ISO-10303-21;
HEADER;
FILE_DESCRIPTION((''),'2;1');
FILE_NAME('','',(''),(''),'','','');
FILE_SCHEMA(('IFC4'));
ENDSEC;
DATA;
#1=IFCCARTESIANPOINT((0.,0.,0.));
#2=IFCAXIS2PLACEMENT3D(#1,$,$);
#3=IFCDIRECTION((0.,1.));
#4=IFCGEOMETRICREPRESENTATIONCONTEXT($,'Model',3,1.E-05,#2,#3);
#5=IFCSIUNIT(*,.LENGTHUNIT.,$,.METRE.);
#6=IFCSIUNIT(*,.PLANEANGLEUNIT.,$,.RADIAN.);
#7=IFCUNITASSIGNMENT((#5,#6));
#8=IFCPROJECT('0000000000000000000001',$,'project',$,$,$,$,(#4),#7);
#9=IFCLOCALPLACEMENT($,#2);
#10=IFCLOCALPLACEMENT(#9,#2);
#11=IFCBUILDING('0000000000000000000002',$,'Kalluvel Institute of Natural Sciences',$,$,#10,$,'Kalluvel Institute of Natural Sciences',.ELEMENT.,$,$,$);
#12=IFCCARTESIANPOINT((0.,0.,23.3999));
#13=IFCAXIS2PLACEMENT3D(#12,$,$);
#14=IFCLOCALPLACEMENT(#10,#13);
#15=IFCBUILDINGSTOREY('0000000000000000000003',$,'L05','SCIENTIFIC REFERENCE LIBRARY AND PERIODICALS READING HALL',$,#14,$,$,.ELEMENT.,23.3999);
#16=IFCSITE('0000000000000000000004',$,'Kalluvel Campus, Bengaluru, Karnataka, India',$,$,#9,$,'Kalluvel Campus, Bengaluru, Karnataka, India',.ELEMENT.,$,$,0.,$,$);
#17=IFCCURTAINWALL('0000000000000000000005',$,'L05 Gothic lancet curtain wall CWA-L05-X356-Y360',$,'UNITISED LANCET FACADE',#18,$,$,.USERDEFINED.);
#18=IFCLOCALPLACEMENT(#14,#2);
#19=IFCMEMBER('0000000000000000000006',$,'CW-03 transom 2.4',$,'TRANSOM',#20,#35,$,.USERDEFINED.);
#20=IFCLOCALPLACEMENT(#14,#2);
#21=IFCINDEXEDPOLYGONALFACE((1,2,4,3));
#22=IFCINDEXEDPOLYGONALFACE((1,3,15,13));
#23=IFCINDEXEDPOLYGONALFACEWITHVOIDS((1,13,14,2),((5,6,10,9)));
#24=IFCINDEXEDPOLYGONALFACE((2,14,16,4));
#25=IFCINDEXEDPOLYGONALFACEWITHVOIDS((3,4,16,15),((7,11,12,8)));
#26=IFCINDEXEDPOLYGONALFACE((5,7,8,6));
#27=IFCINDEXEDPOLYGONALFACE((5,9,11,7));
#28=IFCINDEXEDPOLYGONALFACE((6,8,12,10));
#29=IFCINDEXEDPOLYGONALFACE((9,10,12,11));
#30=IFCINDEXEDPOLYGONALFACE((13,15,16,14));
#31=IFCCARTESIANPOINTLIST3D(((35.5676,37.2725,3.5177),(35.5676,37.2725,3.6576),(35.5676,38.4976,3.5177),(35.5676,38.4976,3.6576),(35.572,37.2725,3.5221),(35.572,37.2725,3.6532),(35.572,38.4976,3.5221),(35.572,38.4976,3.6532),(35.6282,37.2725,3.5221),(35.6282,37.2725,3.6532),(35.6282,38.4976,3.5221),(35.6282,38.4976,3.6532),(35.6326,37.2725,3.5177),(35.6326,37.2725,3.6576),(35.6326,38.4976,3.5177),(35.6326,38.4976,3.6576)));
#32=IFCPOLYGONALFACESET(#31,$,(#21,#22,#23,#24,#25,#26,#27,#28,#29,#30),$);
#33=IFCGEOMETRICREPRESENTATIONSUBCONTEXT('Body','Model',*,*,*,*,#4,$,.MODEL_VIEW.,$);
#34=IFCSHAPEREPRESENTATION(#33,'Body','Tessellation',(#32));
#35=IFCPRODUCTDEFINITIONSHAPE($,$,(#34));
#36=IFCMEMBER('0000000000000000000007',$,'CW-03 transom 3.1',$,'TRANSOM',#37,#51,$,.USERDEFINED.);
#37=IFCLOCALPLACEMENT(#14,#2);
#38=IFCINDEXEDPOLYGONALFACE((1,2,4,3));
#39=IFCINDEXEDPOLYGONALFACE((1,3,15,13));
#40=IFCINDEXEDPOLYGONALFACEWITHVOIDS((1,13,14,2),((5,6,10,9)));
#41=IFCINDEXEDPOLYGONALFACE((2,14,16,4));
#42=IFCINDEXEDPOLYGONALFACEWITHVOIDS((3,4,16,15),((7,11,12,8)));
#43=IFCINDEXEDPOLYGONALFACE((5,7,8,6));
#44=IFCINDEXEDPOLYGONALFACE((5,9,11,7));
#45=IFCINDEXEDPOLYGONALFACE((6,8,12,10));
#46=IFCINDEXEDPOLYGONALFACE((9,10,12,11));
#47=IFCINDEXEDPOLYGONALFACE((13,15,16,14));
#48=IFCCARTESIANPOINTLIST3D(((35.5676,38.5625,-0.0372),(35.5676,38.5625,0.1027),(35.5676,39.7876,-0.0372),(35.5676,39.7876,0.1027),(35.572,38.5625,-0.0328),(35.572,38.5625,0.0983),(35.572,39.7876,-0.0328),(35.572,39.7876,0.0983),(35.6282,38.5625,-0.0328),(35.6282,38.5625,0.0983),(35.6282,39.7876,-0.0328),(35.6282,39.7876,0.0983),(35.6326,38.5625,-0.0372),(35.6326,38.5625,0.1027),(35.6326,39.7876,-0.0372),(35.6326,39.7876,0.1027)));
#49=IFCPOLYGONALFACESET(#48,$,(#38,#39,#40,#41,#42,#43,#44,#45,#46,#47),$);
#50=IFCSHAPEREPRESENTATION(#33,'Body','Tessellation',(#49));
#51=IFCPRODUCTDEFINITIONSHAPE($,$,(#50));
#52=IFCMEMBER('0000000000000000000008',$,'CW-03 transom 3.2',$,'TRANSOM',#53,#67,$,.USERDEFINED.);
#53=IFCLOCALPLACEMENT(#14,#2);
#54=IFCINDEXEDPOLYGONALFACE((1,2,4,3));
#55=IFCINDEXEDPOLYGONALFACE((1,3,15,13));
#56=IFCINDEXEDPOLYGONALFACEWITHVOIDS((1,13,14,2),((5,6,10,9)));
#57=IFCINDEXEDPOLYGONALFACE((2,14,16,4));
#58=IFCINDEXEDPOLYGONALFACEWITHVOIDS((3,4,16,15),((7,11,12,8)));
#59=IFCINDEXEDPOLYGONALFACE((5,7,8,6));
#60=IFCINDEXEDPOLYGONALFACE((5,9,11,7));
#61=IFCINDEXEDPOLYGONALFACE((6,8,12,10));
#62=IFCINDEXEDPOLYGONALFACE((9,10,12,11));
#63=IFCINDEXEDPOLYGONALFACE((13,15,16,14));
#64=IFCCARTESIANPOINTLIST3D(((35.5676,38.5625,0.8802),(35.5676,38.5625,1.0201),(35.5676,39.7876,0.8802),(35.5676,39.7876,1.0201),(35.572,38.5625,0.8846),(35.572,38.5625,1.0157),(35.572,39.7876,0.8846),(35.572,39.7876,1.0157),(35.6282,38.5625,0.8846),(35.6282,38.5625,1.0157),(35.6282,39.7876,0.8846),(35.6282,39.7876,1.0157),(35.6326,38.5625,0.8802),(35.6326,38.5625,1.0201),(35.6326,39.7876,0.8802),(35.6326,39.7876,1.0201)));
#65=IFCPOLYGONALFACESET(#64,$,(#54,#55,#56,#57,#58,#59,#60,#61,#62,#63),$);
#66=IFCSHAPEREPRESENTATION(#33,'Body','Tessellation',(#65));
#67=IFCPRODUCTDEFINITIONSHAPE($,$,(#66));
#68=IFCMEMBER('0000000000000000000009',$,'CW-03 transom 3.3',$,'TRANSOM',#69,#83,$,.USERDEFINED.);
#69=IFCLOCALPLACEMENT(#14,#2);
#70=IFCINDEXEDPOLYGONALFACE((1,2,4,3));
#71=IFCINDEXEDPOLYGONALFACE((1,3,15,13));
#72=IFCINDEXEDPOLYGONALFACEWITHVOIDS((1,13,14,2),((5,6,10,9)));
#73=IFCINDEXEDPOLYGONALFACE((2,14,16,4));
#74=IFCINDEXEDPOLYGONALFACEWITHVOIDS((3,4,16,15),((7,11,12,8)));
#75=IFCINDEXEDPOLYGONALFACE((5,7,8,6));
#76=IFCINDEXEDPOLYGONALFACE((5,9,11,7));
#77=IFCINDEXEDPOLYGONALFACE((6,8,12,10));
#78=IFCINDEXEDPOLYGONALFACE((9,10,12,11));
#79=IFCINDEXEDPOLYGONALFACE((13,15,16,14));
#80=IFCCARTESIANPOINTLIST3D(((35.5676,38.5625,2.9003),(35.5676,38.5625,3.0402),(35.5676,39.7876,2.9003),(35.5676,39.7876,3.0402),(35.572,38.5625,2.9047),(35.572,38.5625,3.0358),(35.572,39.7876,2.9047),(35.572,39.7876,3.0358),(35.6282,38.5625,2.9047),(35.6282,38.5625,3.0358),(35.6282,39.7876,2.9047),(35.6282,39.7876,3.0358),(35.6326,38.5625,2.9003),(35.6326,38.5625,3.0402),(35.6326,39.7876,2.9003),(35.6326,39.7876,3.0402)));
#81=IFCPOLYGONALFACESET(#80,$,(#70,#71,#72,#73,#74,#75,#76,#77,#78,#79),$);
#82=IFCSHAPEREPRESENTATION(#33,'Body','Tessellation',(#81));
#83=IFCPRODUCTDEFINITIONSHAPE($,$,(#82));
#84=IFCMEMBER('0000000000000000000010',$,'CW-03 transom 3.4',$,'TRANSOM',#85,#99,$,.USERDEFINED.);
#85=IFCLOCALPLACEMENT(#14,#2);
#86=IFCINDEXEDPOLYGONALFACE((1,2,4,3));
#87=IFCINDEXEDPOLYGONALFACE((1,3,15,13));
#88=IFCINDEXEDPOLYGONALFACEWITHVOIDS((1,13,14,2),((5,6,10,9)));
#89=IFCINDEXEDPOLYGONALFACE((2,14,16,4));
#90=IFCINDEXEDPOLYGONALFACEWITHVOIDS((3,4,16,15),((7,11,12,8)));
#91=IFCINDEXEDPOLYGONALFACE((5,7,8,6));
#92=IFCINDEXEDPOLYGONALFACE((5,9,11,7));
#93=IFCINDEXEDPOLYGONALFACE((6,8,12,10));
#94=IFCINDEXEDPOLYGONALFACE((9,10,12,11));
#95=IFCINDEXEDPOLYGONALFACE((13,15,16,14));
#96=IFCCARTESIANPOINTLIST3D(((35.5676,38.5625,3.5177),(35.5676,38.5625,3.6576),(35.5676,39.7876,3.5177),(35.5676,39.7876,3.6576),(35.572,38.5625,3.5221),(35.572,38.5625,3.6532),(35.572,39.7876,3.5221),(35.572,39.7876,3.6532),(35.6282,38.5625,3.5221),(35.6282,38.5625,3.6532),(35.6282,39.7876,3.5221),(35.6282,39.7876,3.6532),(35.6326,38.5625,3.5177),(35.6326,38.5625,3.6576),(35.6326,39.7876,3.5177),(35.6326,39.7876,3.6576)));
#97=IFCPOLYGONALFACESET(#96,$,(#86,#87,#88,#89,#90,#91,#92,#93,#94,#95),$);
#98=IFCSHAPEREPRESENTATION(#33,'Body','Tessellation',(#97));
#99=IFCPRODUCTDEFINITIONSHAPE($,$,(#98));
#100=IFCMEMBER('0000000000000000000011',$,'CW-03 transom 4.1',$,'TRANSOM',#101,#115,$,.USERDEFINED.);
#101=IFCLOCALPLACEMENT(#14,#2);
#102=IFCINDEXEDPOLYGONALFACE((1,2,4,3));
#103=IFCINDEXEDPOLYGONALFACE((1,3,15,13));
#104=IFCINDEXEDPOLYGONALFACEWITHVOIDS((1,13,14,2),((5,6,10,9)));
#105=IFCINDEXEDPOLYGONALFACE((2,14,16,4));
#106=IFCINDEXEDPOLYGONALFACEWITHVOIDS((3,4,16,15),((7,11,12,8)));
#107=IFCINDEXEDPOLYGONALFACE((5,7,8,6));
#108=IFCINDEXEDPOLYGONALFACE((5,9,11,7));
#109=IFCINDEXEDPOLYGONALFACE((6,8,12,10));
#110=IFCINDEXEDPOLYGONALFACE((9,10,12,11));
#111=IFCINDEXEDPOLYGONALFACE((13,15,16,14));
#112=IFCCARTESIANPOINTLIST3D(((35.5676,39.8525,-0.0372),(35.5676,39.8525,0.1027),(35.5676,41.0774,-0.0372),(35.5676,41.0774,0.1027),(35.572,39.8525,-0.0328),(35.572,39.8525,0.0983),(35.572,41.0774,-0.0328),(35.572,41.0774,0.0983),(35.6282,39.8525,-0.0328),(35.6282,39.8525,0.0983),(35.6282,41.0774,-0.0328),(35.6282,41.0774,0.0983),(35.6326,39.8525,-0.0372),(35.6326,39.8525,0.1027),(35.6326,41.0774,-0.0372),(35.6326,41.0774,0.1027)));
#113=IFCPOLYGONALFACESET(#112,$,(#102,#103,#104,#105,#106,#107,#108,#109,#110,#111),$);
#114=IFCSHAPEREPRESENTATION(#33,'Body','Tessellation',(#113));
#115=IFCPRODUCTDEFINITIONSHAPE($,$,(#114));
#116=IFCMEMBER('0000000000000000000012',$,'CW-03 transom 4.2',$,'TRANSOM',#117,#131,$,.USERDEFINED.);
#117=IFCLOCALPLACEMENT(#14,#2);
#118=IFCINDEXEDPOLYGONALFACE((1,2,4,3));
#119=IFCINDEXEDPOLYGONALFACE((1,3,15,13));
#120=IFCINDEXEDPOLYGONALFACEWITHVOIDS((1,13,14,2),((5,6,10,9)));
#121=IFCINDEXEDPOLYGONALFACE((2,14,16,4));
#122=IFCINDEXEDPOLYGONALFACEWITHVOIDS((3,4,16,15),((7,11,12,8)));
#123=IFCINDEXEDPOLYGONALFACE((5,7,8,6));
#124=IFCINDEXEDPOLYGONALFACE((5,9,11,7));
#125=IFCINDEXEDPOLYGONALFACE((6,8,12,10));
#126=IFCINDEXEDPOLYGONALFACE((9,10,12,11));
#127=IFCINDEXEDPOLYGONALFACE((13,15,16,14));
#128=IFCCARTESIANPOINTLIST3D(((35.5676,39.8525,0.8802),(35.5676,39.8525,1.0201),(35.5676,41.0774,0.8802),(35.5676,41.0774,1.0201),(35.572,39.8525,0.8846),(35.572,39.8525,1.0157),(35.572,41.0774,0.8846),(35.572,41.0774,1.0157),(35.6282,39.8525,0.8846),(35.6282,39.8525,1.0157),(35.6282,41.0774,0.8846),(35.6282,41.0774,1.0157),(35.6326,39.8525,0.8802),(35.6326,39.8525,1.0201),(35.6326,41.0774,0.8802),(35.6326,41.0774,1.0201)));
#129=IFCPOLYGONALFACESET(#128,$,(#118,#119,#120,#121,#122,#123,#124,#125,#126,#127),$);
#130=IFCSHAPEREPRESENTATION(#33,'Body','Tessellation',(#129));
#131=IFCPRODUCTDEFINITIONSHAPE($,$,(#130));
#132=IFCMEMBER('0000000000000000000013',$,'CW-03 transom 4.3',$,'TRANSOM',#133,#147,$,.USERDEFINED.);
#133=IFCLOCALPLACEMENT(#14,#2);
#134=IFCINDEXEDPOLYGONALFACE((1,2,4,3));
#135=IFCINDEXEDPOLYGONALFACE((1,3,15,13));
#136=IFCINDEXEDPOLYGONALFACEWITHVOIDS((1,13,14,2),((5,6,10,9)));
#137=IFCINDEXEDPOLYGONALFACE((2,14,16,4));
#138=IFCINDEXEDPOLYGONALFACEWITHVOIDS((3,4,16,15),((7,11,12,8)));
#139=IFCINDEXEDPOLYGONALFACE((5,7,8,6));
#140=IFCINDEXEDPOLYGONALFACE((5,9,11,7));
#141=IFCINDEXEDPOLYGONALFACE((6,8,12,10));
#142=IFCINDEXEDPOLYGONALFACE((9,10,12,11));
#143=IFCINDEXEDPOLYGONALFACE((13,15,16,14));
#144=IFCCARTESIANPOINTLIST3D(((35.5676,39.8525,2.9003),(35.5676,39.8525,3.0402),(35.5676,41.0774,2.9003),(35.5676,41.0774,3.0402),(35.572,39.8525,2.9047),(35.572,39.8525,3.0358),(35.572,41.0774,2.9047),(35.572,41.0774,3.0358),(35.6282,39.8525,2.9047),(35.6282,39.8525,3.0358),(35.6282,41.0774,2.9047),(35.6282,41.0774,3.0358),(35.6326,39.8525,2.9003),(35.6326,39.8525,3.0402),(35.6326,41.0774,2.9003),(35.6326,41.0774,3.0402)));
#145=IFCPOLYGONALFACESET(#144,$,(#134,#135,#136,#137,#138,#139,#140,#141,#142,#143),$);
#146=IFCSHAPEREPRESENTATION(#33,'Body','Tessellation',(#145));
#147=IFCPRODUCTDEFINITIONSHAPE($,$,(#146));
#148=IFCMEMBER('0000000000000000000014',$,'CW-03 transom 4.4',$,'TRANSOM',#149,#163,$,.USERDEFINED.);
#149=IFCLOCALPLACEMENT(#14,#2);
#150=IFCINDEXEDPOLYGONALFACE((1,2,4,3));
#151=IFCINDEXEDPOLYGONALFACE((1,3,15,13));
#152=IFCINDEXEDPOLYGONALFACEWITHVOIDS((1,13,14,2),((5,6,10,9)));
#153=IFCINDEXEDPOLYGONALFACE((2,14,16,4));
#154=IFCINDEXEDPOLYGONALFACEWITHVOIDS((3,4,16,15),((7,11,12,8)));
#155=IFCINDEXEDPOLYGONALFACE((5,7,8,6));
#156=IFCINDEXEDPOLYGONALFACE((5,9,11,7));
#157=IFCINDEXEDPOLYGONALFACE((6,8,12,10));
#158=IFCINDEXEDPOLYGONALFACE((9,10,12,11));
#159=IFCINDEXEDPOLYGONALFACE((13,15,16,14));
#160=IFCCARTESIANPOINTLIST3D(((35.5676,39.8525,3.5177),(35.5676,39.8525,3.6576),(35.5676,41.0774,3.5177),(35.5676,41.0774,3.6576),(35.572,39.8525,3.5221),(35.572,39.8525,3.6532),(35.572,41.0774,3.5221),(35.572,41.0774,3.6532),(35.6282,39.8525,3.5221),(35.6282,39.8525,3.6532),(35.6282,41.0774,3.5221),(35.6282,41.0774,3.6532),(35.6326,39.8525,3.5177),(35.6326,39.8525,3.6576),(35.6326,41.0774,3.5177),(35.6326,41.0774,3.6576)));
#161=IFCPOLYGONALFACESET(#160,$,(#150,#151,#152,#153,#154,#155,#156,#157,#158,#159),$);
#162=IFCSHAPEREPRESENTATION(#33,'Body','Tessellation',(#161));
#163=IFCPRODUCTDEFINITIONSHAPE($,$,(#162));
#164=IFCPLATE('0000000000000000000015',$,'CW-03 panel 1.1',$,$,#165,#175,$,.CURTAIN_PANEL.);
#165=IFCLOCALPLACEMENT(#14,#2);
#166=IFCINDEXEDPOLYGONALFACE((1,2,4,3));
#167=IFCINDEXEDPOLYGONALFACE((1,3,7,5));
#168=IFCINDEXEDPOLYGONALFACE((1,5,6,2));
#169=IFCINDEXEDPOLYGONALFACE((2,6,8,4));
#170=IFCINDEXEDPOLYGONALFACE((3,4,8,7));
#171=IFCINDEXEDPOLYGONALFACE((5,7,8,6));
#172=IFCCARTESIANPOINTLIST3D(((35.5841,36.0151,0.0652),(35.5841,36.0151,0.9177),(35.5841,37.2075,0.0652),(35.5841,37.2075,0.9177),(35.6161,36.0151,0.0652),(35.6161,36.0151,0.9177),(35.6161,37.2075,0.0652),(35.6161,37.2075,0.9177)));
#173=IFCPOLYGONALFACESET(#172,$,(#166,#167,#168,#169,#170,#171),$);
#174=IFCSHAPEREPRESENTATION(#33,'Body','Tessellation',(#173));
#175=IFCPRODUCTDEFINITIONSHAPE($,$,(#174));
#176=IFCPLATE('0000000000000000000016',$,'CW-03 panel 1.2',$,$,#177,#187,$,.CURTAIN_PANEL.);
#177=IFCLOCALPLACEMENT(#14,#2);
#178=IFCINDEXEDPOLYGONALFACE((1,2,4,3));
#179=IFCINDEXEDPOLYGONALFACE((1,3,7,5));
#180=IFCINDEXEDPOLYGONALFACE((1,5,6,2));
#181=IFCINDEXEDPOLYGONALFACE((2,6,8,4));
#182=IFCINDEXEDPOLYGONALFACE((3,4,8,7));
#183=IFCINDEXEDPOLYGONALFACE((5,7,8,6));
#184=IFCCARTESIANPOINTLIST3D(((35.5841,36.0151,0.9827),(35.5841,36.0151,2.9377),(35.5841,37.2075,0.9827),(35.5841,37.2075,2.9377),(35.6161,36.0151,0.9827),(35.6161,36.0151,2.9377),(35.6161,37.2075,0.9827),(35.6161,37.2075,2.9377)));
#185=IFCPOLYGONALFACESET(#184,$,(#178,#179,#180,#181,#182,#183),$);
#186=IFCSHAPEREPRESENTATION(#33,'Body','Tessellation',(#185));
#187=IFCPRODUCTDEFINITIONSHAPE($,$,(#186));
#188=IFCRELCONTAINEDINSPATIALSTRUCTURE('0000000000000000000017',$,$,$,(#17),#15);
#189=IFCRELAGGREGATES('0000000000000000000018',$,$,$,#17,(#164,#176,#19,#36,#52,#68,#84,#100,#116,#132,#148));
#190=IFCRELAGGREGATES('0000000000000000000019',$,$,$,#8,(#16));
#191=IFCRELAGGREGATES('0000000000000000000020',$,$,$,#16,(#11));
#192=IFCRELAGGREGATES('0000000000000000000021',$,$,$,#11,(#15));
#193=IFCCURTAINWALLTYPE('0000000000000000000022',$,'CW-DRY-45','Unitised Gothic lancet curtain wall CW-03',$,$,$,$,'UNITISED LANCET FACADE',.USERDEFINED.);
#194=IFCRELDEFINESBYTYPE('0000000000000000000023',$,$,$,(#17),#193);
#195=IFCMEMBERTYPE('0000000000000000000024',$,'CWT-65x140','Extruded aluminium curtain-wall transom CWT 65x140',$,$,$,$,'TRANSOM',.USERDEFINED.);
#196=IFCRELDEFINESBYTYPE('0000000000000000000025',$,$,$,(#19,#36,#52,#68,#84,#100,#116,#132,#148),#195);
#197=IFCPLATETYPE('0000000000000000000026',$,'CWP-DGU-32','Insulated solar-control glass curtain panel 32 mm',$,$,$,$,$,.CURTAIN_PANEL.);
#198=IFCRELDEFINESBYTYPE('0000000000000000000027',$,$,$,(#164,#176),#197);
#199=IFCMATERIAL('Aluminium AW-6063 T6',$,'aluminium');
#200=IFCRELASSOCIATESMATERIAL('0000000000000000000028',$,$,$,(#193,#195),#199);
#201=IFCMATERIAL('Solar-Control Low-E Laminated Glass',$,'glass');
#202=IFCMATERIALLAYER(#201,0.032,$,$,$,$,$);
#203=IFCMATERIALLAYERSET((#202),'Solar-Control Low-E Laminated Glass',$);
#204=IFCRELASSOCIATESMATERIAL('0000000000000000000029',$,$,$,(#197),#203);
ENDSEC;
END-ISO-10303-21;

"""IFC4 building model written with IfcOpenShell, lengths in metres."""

from ifc_helpers import new_model, si_unit, direction, frame, origin, origin_2d, place, context, subcontext, project, spatial, rectangle, hollow_rectangle, extrude, material, layer, layer_set, material_profile, profile_set, type_object, element, aggregate, save


model = new_model("IFC4")

# Units and contexts
model_context = context("Model", 3, precision=1e-05, world=origin(), true_north=direction((0.0, 1.0)))
body_context = subcontext(model_context, "Body", "Model", "MODEL_VIEW")
ifc_project = project(units=[si_unit("LENGTHUNIT", "METRE"), si_unit("PLANEANGLEUNIT", "RADIAN")], contexts=[model_context])

# Site, building, storey
site_placement = place(None, origin())
site = spatial("IfcSite", under=ifc_project, at=site_placement, Name="Kalluvel Campus, Bengaluru, Karnataka, India", LongName="Kalluvel Campus, Bengaluru, Karnataka, India", CompositionType="ELEMENT", RefElevation=0.0)
building_placement = place(site_placement, origin())
building = spatial("IfcBuilding", under=site, at=building_placement, Name="Kalluvel Institute of Natural Sciences", LongName="Kalluvel Institute of Natural Sciences", CompositionType="ELEMENT")
storey_placement = place(building_placement, frame((0.0, 0.0, 23.3999)))
storey = spatial("IfcBuildingStorey", under=building, at=storey_placement, Name="L05", Description="SCIENTIFIC REFERENCE LIBRARY AND PERIODICALS READING HALL", CompositionType="ELEMENT", Elevation=23.3999)

# Curtain wall, members, plates
ifc_material_1 = material(Name="Aluminium AW-6063 T6", Category="aluminium")
curtain_wall_type = type_object("IfcCurtainWallType", Name="CW-DRY-45", Description="Unitised Gothic lancet curtain wall CW-03", ElementType="UNITISED LANCET FACADE", PredefinedType="USERDEFINED", material=ifc_material_1)
curtain_wall_placement = place(storey_placement, origin())
curtain_wall = element("IfcCurtainWall", 1, at=curtain_wall_placement, inside=storey, type_object=curtain_wall_type, Name="L05 Gothic lancet curtain wall CWA-L05-X356-Y360", ObjectType="UNITISED LANCET FACADE", PredefinedType="USERDEFINED")
ifc_material_profile_1 = material_profile(ifc_material_1, hollow_rectangle(XDim=0.0649, YDim=0.1399, WallThickness=0.0044, at=origin_2d()), Name="CWT 65x140")
ifc_profile_set_1 = profile_set([ifc_material_profile_1], Name="Aluminium AW-6063 T6")
member_type_1 = type_object("IfcMemberType", Name="CWT-65x140", Description="Extruded aluminium curtain-wall transom CWT 65x140", ElementType="TRANSOM", PredefinedType="USERDEFINED", material=ifc_profile_set_1)
member_1_placement = place(storey_placement, frame((35.6001, 37.2725, 3.5876), z_axis=(0.0, 1.0, 0.0), x_axis=(-1.0, 0.0, 0.0)))
member_1 = element("IfcMember", 2, at=member_1_placement, type_object=member_type_1, Name="CW-03 transom 2.4", ObjectType="TRANSOM", PredefinedType="USERDEFINED", context=body_context, shape_type="SweptSolid", body=[
    extrude(hollow_rectangle(XDim=0.0649, YDim=0.1399, WallThickness=0.0044, at=origin_2d()), origin(), (0.0, 0.0, 1.0), 1.2251),
])
member_2_placement = place(storey_placement, frame((35.6001, 38.5625, 0.0327), z_axis=(0.0, 1.0, 0.0), x_axis=(-1.0, 0.0, 0.0)))
member_2 = element("IfcMember", 3, at=member_2_placement, type_object=member_type_1, Name="CW-03 transom 3.1", ObjectType="TRANSOM", PredefinedType="USERDEFINED", context=body_context, shape_type="SweptSolid", body=[
    extrude(hollow_rectangle(XDim=0.0649, YDim=0.1399, WallThickness=0.0044, at=origin_2d()), origin(), (0.0, 0.0, 1.0), 1.2251),
])
member_3_placement = place(storey_placement, frame((35.6001, 38.5625, 0.9502), z_axis=(0.0, 1.0, 0.0), x_axis=(-1.0, 0.0, 0.0)))
member_3 = element("IfcMember", 4, at=member_3_placement, type_object=member_type_1, Name="CW-03 transom 3.2", ObjectType="TRANSOM", PredefinedType="USERDEFINED", context=body_context, shape_type="SweptSolid", body=[
    extrude(hollow_rectangle(XDim=0.0649, YDim=0.1399, WallThickness=0.0044, at=origin_2d()), origin(), (0.0, 0.0, 1.0), 1.2251),
])
member_4_placement = place(storey_placement, frame((35.6001, 38.5625, 2.9702), z_axis=(0.0, 1.0, 0.0), x_axis=(-1.0, 0.0, 0.0)))
member_4 = element("IfcMember", 5, at=member_4_placement, type_object=member_type_1, Name="CW-03 transom 3.3", ObjectType="TRANSOM", PredefinedType="USERDEFINED", context=body_context, shape_type="SweptSolid", body=[
    extrude(hollow_rectangle(XDim=0.0649, YDim=0.1399, WallThickness=0.0044, at=origin_2d()), origin(), (0.0, 0.0, 1.0), 1.2251),
])
member_5_placement = place(storey_placement, frame((35.6001, 38.5625, 3.5876), z_axis=(0.0, 1.0, 0.0), x_axis=(-1.0, 0.0, 0.0)))
member_5 = element("IfcMember", 6, at=member_5_placement, type_object=member_type_1, Name="CW-03 transom 3.4", ObjectType="TRANSOM", PredefinedType="USERDEFINED", context=body_context, shape_type="SweptSolid", body=[
    extrude(hollow_rectangle(XDim=0.0649, YDim=0.1399, WallThickness=0.0044, at=origin_2d()), origin(), (0.0, 0.0, 1.0), 1.2251),
])
member_6_placement = place(storey_placement, frame((35.6001, 39.8525, 0.0327), z_axis=(0.0, 1.0, 0.0), x_axis=(-1.0, 0.0, 0.0)))
member_6 = element("IfcMember", 7, at=member_6_placement, type_object=member_type_1, Name="CW-03 transom 4.1", ObjectType="TRANSOM", PredefinedType="USERDEFINED", context=body_context, shape_type="SweptSolid", body=[
    extrude(hollow_rectangle(XDim=0.0649, YDim=0.1399, WallThickness=0.0044, at=origin_2d()), origin(), (0.0, 0.0, 1.0), 1.2249),
])
member_7_placement = place(storey_placement, frame((35.6001, 39.8525, 0.9502), z_axis=(0.0, 1.0, 0.0), x_axis=(-1.0, 0.0, 0.0)))
member_7 = element("IfcMember", 8, at=member_7_placement, type_object=member_type_1, Name="CW-03 transom 4.2", ObjectType="TRANSOM", PredefinedType="USERDEFINED", context=body_context, shape_type="SweptSolid", body=[
    extrude(hollow_rectangle(XDim=0.0649, YDim=0.1399, WallThickness=0.0044, at=origin_2d()), origin(), (0.0, 0.0, 1.0), 1.2249),
])
member_8_placement = place(storey_placement, frame((35.6001, 39.8525, 2.9702), z_axis=(0.0, 1.0, 0.0), x_axis=(-1.0, 0.0, 0.0)))
member_8 = element("IfcMember", 9, at=member_8_placement, type_object=member_type_1, Name="CW-03 transom 4.3", ObjectType="TRANSOM", PredefinedType="USERDEFINED", context=body_context, shape_type="SweptSolid", body=[
    extrude(hollow_rectangle(XDim=0.0649, YDim=0.1399, WallThickness=0.0044, at=origin_2d()), origin(), (0.0, 0.0, 1.0), 1.2249),
])
member_9_placement = place(storey_placement, frame((35.6001, 39.8525, 3.5876), z_axis=(0.0, 1.0, 0.0), x_axis=(-1.0, 0.0, 0.0)))
member_9 = element("IfcMember", 10, at=member_9_placement, type_object=member_type_1, Name="CW-03 transom 4.4", ObjectType="TRANSOM", PredefinedType="USERDEFINED", context=body_context, shape_type="SweptSolid", body=[
    extrude(hollow_rectangle(XDim=0.0649, YDim=0.1399, WallThickness=0.0044, at=origin_2d()), origin(), (0.0, 0.0, 1.0), 1.2249),
])
ifc_material_2 = material(Name="Solar-Control Low-E Laminated Glass", Category="glass")
ifc_layer = layer(ifc_material_2, 0.032)
ifc_layer_set = layer_set([ifc_layer], Name="Solar-Control Low-E Laminated Glass")
plate_type = type_object("IfcPlateType", Name="CWP-DGU-32", Description="Insulated solar-control glass curtain panel 32 mm", PredefinedType="CURTAIN_PANEL", material=ifc_layer_set)
plate_1_placement = place(storey_placement, frame((35.6001, 36.6113, 0.0652), z_axis=(0.0, 0.0, 1.0), x_axis=(0.0, 1.0, 0.0)))
plate_1 = element("IfcPlate", 11, at=plate_1_placement, type_object=plate_type, Name="CW-03 panel 1.1", PredefinedType="CURTAIN_PANEL", context=body_context, shape_type="SweptSolid", body=[
    extrude(rectangle(XDim=1.1924, YDim=0.032, at=origin_2d()), origin(), (0.0, 0.0, 1.0), 0.8525),
])
plate_2_placement = place(storey_placement, frame((35.6001, 36.6113, 0.9827), z_axis=(0.0, 0.0, 1.0), x_axis=(0.0, 1.0, 0.0)))
plate_2 = element("IfcPlate", 12, at=plate_2_placement, type_object=plate_type, Name="CW-03 panel 1.2", PredefinedType="CURTAIN_PANEL", context=body_context, shape_type="SweptSolid", body=[
    extrude(rectangle(XDim=1.1924, YDim=0.032, at=origin_2d()), origin(), (0.0, 0.0, 1.0), 1.9551),
])
aggregate(curtain_wall, [plate_1, plate_2, member_1, member_2, member_3, member_4, member_5, member_6, member_7, member_8, member_9])

save(model, "model.ifc")
